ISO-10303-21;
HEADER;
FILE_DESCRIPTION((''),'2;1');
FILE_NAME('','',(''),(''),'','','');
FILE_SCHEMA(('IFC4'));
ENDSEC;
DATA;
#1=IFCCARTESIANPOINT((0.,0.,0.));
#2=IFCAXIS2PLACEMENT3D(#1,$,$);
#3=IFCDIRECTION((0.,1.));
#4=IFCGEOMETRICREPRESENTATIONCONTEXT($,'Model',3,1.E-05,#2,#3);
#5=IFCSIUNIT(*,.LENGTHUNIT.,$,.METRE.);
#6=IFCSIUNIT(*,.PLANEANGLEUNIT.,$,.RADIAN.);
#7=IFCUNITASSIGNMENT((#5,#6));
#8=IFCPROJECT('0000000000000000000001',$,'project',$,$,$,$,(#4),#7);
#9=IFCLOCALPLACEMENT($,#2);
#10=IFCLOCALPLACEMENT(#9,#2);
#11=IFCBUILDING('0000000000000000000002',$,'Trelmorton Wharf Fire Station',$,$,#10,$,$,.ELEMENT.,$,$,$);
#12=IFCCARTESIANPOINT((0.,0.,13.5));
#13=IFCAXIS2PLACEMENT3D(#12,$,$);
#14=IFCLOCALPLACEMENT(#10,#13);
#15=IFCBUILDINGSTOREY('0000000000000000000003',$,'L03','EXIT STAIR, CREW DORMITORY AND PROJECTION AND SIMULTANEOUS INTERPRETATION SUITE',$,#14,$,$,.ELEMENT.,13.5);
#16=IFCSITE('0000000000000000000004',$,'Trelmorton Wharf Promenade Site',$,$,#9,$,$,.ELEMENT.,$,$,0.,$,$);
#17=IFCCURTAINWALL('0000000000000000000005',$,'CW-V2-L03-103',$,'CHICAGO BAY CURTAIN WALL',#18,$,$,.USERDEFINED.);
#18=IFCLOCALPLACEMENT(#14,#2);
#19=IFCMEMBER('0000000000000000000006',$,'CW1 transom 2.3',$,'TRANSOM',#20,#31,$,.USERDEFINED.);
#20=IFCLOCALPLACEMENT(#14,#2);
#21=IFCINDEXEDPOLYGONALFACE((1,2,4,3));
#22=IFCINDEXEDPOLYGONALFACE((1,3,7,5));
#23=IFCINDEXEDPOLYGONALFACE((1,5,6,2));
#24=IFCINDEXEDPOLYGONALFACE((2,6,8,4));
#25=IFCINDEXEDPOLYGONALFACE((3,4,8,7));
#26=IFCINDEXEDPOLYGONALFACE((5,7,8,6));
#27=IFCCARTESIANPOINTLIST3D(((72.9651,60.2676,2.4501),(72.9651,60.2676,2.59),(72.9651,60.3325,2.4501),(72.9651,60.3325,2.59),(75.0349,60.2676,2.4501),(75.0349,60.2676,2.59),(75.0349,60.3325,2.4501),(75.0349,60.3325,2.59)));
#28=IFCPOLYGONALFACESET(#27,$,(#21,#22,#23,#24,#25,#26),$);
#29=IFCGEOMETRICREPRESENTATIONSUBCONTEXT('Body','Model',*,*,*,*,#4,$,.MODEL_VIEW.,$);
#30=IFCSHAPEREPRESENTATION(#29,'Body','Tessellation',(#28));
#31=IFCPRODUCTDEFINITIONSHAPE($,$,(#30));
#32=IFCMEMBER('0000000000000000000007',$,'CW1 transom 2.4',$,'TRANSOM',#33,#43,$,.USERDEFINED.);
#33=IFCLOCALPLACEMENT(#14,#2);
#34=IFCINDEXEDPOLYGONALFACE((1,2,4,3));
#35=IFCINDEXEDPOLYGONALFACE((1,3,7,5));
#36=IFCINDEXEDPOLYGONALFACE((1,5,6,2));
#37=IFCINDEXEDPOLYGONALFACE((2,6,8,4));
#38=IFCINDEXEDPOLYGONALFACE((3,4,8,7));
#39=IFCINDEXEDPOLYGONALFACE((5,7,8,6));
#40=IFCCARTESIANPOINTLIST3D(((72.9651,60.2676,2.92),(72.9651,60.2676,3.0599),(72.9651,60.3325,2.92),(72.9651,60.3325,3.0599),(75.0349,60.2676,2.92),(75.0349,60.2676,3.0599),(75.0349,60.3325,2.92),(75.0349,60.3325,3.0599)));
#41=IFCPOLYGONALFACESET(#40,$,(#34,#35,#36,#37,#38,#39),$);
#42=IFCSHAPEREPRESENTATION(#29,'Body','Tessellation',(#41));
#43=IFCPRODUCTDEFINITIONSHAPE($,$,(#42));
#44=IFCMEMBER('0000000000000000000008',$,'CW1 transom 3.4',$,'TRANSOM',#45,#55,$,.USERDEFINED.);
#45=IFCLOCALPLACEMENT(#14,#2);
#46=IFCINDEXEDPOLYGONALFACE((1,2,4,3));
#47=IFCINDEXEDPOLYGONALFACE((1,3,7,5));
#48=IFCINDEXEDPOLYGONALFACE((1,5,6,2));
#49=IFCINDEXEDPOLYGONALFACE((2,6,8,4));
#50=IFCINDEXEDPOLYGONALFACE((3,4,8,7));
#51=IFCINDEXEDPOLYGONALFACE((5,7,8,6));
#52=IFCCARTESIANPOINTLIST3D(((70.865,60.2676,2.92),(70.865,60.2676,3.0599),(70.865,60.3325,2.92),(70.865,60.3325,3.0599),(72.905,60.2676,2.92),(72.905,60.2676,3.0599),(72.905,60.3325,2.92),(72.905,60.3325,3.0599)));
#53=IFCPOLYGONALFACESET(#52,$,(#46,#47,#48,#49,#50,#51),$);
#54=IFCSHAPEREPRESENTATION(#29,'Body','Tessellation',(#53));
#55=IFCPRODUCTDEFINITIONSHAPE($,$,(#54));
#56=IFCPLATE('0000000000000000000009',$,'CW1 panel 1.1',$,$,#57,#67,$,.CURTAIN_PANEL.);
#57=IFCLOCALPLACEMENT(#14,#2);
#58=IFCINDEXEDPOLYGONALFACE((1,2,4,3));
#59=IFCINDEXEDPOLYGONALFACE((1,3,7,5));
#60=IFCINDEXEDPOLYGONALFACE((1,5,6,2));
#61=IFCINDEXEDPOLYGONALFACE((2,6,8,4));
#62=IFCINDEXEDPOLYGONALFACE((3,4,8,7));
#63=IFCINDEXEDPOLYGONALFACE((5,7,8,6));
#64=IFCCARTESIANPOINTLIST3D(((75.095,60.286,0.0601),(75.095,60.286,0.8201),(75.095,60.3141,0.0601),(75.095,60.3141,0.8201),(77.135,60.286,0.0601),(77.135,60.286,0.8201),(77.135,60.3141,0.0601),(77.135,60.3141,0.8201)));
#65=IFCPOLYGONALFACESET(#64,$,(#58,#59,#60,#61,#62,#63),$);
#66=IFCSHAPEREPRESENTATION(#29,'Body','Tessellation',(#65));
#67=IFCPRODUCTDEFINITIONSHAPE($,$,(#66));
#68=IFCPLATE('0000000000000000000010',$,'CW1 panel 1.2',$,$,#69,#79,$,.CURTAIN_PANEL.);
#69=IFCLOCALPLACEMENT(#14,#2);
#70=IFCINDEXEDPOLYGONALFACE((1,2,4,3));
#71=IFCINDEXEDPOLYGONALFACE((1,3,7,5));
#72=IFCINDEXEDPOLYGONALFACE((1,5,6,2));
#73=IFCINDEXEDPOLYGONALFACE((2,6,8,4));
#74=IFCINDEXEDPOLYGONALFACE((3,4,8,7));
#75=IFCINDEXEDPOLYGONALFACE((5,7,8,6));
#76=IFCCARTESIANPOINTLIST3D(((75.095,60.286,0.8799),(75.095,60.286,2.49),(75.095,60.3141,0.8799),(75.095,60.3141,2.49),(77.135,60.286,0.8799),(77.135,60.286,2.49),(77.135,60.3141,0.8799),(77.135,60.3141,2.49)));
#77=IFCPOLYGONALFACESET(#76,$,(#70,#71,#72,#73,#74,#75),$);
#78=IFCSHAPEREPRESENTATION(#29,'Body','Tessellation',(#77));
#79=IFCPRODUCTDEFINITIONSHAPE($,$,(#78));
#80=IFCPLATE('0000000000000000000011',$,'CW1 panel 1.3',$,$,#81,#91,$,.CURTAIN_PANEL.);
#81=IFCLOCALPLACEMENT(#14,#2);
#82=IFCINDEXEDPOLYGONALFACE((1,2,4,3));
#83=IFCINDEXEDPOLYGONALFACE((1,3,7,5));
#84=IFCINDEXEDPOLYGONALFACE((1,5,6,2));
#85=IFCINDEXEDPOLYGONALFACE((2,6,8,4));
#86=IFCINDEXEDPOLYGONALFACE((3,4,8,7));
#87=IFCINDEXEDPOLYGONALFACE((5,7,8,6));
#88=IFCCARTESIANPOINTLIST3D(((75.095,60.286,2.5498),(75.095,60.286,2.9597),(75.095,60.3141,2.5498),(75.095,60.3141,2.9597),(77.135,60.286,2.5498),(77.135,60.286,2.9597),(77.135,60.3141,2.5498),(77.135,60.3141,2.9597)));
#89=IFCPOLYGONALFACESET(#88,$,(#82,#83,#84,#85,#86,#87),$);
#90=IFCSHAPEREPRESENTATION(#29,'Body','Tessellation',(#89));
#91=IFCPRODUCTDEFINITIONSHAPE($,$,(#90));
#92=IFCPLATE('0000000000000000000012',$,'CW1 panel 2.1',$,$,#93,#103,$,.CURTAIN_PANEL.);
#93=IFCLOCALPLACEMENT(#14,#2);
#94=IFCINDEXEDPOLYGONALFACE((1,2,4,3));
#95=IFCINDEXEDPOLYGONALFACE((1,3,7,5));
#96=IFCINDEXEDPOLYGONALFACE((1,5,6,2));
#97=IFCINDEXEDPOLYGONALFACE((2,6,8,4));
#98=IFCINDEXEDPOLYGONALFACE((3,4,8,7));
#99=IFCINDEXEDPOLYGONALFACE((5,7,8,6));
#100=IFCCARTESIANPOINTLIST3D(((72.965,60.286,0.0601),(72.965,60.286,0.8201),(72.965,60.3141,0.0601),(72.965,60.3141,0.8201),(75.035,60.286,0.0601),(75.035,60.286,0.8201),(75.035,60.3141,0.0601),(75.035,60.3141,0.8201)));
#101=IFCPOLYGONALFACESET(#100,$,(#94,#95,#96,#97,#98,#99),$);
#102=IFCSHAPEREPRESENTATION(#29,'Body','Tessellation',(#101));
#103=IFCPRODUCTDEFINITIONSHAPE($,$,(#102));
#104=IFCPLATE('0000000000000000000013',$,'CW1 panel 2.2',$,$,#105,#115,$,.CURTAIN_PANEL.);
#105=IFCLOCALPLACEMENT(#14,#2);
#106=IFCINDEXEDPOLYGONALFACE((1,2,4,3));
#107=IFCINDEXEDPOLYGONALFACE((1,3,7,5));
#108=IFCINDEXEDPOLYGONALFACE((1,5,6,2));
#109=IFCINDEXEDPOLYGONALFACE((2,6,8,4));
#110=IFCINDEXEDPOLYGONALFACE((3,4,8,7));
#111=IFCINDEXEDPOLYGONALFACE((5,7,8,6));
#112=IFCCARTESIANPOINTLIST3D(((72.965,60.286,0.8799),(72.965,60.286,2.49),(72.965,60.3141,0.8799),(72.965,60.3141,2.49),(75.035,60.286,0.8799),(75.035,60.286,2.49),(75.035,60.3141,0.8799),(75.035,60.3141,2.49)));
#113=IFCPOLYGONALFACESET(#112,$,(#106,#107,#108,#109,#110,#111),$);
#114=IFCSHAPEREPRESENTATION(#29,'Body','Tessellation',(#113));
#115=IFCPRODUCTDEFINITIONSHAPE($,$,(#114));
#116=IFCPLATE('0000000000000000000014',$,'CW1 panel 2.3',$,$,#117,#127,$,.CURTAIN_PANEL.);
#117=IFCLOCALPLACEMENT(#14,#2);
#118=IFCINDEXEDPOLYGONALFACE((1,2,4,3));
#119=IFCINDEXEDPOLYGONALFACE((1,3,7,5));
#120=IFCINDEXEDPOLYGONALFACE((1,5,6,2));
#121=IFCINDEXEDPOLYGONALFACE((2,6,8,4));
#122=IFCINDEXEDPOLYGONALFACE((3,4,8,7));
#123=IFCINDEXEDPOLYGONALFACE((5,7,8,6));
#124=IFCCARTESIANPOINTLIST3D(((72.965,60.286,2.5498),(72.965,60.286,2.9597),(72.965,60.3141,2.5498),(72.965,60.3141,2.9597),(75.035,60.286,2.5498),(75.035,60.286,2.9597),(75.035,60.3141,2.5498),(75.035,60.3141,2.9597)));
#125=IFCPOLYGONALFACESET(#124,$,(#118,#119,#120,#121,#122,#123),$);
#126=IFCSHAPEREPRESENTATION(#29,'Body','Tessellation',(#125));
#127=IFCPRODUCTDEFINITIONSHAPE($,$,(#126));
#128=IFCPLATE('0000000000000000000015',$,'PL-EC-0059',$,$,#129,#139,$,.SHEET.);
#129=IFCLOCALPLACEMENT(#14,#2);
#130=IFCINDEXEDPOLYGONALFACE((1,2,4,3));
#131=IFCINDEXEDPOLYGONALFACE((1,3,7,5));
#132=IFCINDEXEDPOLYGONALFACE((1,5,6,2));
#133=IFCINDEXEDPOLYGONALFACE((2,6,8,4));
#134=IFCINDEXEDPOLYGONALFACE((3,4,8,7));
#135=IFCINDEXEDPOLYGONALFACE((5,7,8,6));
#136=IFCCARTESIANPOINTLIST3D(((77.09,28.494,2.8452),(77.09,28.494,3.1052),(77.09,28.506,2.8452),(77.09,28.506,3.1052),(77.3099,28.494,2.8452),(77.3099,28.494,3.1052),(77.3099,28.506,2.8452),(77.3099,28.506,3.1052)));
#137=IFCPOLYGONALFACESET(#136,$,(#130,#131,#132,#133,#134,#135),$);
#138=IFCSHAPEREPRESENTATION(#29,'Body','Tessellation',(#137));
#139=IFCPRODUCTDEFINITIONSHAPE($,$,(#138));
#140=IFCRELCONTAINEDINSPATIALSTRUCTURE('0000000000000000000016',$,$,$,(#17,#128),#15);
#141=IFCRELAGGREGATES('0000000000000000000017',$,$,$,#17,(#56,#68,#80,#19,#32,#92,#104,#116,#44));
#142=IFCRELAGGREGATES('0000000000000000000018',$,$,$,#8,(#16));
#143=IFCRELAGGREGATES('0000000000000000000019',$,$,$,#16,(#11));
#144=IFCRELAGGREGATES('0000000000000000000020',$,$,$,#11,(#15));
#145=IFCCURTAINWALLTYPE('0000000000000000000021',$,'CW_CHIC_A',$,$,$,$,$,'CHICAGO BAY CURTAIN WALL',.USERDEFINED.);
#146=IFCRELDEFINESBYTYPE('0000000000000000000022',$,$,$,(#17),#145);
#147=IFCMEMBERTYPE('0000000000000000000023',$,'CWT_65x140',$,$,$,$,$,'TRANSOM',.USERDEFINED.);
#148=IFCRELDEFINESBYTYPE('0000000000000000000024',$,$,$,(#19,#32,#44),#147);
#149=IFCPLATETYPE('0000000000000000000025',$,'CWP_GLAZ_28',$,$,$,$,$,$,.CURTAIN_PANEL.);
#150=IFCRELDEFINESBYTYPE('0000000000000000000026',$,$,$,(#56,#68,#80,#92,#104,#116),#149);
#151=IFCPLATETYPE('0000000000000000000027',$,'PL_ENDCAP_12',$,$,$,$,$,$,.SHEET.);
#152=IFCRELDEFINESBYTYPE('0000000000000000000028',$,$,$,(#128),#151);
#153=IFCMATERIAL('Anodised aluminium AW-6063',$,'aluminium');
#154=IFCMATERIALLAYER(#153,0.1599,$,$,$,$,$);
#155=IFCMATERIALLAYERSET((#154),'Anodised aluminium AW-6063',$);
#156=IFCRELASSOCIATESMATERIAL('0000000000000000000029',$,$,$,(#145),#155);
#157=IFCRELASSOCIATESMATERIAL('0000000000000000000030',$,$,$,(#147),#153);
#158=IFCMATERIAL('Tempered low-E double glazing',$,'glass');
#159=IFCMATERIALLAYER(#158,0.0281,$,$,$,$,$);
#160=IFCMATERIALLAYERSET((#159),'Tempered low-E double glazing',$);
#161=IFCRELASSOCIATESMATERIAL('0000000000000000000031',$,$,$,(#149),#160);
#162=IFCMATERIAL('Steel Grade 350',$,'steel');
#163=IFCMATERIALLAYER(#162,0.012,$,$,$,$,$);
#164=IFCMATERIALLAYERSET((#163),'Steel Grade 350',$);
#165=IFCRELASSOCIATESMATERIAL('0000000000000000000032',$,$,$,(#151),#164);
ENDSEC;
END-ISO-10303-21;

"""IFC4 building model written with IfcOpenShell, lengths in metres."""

from ifc_helpers import new_model, si_unit, direction, frame, origin, origin_2d, place, context, subcontext, project, spatial, rectangle, extrude, material, layer, layer_set, material_profile, profile_set, type_object, element, aggregate, save


model = new_model("IFC4")

# Units and contexts
model_context = context("Model", 3, precision=1e-05, world=origin(), true_north=direction((0.0, 1.0)))
body_context = subcontext(model_context, "Body", "Model", "MODEL_VIEW")
ifc_project = project(units=[si_unit("LENGTHUNIT", "METRE"), si_unit("PLANEANGLEUNIT", "RADIAN")], contexts=[model_context])

# Site, building, storey
site_placement = place(None, origin())
site = spatial("IfcSite", under=ifc_project, at=site_placement, Name="Trelmorton Wharf Promenade Site", CompositionType="ELEMENT", RefElevation=0.0)
building_placement = place(site_placement, origin())
building = spatial("IfcBuilding", under=site, at=building_placement, Name="Trelmorton Wharf Fire Station", CompositionType="ELEMENT")
storey_placement = place(building_placement, frame((0.0, 0.0, 13.5)))
storey = spatial("IfcBuildingStorey", under=building, at=storey_placement, Name="L03", Description="EXIT STAIR, CREW DORMITORY AND PROJECTION AND SIMULTANEOUS INTERPRETATION SUITE", CompositionType="ELEMENT", Elevation=13.5)

# Shared definitions
ifc_material_1 = material(Name="Steel Grade 350", Category="steel")

# Curtain wall, members, plates
ifc_material_2 = material(Name="Anodised aluminium AW-6063", Category="aluminium")
ifc_layer_1 = layer(ifc_material_2, 0.1599)
ifc_layer_set_1 = layer_set([ifc_layer_1], Name="Anodised aluminium AW-6063")
curtain_wall_type = type_object("IfcCurtainWallType", Name="CW_CHIC_A", ElementType="CHICAGO BAY CURTAIN WALL", PredefinedType="USERDEFINED", material=ifc_layer_set_1)
curtain_wall_placement = place(storey_placement, origin())
curtain_wall = element("IfcCurtainWall", 1, at=curtain_wall_placement, inside=storey, type_object=curtain_wall_type, Name="CW-V2-L03-103", ObjectType="CHICAGO BAY CURTAIN WALL", PredefinedType="USERDEFINED")
ifc_material_profile_1 = material_profile(ifc_material_2, rectangle(XDim=0.0649, YDim=0.1399, at=origin_2d()), Name="ALU-65x140")
ifc_profile_set_1 = profile_set([ifc_material_profile_1], Name="Anodised aluminium AW-6063")
member_type_1 = type_object("IfcMemberType", Name="CWT_65x140", ElementType="TRANSOM", PredefinedType="USERDEFINED", material=ifc_profile_set_1)
member_1_placement = place(storey_placement, frame((75.0349, 60.3, 2.52), z_axis=(-1.0, 0.0, 0.0), x_axis=(0.0, -1.0, 0.0)))
member_1 = element("IfcMember", 2, at=member_1_placement, type_object=member_type_1, Name="CW1 transom 2.3", ObjectType="TRANSOM", PredefinedType="USERDEFINED", context=body_context, shape_type="SweptSolid", body=[
    extrude(rectangle(XDim=0.0649, YDim=0.1399, at=origin_2d()), origin(), (0.0, 0.0, 1.0), 2.0698),
])
member_2_placement = place(storey_placement, frame((75.0349, 60.3, 2.99), z_axis=(-1.0, 0.0, 0.0), x_axis=(0.0, -1.0, 0.0)))
member_2 = element("IfcMember", 3, at=member_2_placement, type_object=member_type_1, Name="CW1 transom 2.4", ObjectType="TRANSOM", PredefinedType="USERDEFINED", context=body_context, shape_type="SweptSolid", body=[
    extrude(rectangle(XDim=0.0649, YDim=0.1399, at=origin_2d()), origin(), (0.0, 0.0, 1.0), 2.0698),
])
member_3_placement = place(storey_placement, frame((72.905, 60.3, 2.99), z_axis=(-1.0, 0.0, 0.0), x_axis=(0.0, -1.0, 0.0)))
member_3 = element("IfcMember", 4, at=member_3_placement, type_object=member_type_1, Name="CW1 transom 3.4", ObjectType="TRANSOM", PredefinedType="USERDEFINED", context=body_context, shape_type="SweptSolid", body=[
    extrude(rectangle(XDim=0.0649, YDim=0.1399, at=origin_2d()), origin(), (0.0, 0.0, 1.0), 2.04),
])
ifc_material_3 = material(Name="Tempered low-E double glazing", Category="glass")
ifc_layer_2 = layer(ifc_material_3, 0.0281)
ifc_layer_set_2 = layer_set([ifc_layer_2], Name="Tempered low-E double glazing")
plate_type_1 = type_object("IfcPlateType", Name="CWP_GLAZ_28", PredefinedType="CURTAIN_PANEL", material=ifc_layer_set_2)
plate_1_placement = place(storey_placement, frame((76.115, 60.3, 0.0601), z_axis=(0.0, 0.0, 1.0), x_axis=(-1.0, 0.0, 0.0)))
plate_1 = element("IfcPlate", 5, at=plate_1_placement, type_object=plate_type_1, Name="CW1 panel 1.1", PredefinedType="CURTAIN_PANEL", context=body_context, shape_type="SweptSolid", body=[
    extrude(rectangle(XDim=2.04, YDim=0.0281, at=origin_2d()), origin(), (0.0, 0.0, 1.0), 0.76),
])
plate_2_placement = place(storey_placement, frame((76.115, 60.3, 0.8799), z_axis=(0.0, 0.0, 1.0), x_axis=(-1.0, 0.0, 0.0)))
plate_2 = element("IfcPlate", 6, at=plate_2_placement, type_object=plate_type_1, Name="CW1 panel 1.2", PredefinedType="CURTAIN_PANEL", context=body_context, shape_type="SweptSolid", body=[
    extrude(rectangle(XDim=2.04, YDim=0.0281, at=origin_2d()), origin(), (0.0, 0.0, 1.0), 1.6101),
])
plate_3_placement = place(storey_placement, frame((76.115, 60.3, 2.5498), z_axis=(0.0, 0.0, 1.0), x_axis=(-1.0, 0.0, 0.0)))
plate_3 = element("IfcPlate", 7, at=plate_3_placement, type_object=plate_type_1, Name="CW1 panel 1.3", PredefinedType="CURTAIN_PANEL", context=body_context, shape_type="SweptSolid", body=[
    extrude(rectangle(XDim=2.04, YDim=0.0281, at=origin_2d()), origin(), (0.0, 0.0, 1.0), 0.4099),
])
plate_4_placement = place(storey_placement, frame((74.0, 60.3, 0.0601), z_axis=(0.0, 0.0, 1.0), x_axis=(-1.0, 0.0, 0.0)))
plate_4 = element("IfcPlate", 8, at=plate_4_placement, type_object=plate_type_1, Name="CW1 panel 2.1", PredefinedType="CURTAIN_PANEL", context=body_context, shape_type="SweptSolid", body=[
    extrude(rectangle(XDim=2.0701, YDim=0.0281, at=origin_2d()), origin(), (0.0, 0.0, 1.0), 0.76),
])
plate_5_placement = place(storey_placement, frame((74.0, 60.3, 0.8799), z_axis=(0.0, 0.0, 1.0), x_axis=(-1.0, 0.0, 0.0)))
plate_5 = element("IfcPlate", 9, at=plate_5_placement, type_object=plate_type_1, Name="CW1 panel 2.2", PredefinedType="CURTAIN_PANEL", context=body_context, shape_type="SweptSolid", body=[
    extrude(rectangle(XDim=2.0701, YDim=0.0281, at=origin_2d()), origin(), (0.0, 0.0, 1.0), 1.6101),
])
plate_6_placement = place(storey_placement, frame((74.0, 60.3, 2.5498), z_axis=(0.0, 0.0, 1.0), x_axis=(-1.0, 0.0, 0.0)))
plate_6 = element("IfcPlate", 10, at=plate_6_placement, type_object=plate_type_1, Name="CW1 panel 2.3", PredefinedType="CURTAIN_PANEL", context=body_context, shape_type="SweptSolid", body=[
    extrude(rectangle(XDim=2.0701, YDim=0.0281, at=origin_2d()), origin(), (0.0, 0.0, 1.0), 0.4099),
])
aggregate(curtain_wall, [plate_1, plate_2, plate_3, member_1, member_2, plate_4, plate_5, plate_6, member_3])

# Plate
ifc_layer_3 = layer(ifc_material_1, 0.012)
ifc_layer_set_3 = layer_set([ifc_layer_3], Name="Steel Grade 350")
plate_type_2 = type_object("IfcPlateType", Name="PL_ENDCAP_12", PredefinedType="SHEET", material=ifc_layer_set_3)
plate_7_placement = place(storey_placement, frame((77.2, 28.5, 2.8452), z_axis=(0.0, 0.0, 1.0), x_axis=(1.0, 0.0, 0.0)))
element("IfcPlate", 11, at=plate_7_placement, inside=storey, type_object=plate_type_2, Name="PL-EC-0059", PredefinedType="SHEET", context=body_context, shape_type="SweptSolid", body=[
    extrude(rectangle(XDim=0.22, YDim=0.012, at=origin_2d()), origin(), (0.0, 0.0, 1.0), 0.26),
])

save(model, "model.ifc")
